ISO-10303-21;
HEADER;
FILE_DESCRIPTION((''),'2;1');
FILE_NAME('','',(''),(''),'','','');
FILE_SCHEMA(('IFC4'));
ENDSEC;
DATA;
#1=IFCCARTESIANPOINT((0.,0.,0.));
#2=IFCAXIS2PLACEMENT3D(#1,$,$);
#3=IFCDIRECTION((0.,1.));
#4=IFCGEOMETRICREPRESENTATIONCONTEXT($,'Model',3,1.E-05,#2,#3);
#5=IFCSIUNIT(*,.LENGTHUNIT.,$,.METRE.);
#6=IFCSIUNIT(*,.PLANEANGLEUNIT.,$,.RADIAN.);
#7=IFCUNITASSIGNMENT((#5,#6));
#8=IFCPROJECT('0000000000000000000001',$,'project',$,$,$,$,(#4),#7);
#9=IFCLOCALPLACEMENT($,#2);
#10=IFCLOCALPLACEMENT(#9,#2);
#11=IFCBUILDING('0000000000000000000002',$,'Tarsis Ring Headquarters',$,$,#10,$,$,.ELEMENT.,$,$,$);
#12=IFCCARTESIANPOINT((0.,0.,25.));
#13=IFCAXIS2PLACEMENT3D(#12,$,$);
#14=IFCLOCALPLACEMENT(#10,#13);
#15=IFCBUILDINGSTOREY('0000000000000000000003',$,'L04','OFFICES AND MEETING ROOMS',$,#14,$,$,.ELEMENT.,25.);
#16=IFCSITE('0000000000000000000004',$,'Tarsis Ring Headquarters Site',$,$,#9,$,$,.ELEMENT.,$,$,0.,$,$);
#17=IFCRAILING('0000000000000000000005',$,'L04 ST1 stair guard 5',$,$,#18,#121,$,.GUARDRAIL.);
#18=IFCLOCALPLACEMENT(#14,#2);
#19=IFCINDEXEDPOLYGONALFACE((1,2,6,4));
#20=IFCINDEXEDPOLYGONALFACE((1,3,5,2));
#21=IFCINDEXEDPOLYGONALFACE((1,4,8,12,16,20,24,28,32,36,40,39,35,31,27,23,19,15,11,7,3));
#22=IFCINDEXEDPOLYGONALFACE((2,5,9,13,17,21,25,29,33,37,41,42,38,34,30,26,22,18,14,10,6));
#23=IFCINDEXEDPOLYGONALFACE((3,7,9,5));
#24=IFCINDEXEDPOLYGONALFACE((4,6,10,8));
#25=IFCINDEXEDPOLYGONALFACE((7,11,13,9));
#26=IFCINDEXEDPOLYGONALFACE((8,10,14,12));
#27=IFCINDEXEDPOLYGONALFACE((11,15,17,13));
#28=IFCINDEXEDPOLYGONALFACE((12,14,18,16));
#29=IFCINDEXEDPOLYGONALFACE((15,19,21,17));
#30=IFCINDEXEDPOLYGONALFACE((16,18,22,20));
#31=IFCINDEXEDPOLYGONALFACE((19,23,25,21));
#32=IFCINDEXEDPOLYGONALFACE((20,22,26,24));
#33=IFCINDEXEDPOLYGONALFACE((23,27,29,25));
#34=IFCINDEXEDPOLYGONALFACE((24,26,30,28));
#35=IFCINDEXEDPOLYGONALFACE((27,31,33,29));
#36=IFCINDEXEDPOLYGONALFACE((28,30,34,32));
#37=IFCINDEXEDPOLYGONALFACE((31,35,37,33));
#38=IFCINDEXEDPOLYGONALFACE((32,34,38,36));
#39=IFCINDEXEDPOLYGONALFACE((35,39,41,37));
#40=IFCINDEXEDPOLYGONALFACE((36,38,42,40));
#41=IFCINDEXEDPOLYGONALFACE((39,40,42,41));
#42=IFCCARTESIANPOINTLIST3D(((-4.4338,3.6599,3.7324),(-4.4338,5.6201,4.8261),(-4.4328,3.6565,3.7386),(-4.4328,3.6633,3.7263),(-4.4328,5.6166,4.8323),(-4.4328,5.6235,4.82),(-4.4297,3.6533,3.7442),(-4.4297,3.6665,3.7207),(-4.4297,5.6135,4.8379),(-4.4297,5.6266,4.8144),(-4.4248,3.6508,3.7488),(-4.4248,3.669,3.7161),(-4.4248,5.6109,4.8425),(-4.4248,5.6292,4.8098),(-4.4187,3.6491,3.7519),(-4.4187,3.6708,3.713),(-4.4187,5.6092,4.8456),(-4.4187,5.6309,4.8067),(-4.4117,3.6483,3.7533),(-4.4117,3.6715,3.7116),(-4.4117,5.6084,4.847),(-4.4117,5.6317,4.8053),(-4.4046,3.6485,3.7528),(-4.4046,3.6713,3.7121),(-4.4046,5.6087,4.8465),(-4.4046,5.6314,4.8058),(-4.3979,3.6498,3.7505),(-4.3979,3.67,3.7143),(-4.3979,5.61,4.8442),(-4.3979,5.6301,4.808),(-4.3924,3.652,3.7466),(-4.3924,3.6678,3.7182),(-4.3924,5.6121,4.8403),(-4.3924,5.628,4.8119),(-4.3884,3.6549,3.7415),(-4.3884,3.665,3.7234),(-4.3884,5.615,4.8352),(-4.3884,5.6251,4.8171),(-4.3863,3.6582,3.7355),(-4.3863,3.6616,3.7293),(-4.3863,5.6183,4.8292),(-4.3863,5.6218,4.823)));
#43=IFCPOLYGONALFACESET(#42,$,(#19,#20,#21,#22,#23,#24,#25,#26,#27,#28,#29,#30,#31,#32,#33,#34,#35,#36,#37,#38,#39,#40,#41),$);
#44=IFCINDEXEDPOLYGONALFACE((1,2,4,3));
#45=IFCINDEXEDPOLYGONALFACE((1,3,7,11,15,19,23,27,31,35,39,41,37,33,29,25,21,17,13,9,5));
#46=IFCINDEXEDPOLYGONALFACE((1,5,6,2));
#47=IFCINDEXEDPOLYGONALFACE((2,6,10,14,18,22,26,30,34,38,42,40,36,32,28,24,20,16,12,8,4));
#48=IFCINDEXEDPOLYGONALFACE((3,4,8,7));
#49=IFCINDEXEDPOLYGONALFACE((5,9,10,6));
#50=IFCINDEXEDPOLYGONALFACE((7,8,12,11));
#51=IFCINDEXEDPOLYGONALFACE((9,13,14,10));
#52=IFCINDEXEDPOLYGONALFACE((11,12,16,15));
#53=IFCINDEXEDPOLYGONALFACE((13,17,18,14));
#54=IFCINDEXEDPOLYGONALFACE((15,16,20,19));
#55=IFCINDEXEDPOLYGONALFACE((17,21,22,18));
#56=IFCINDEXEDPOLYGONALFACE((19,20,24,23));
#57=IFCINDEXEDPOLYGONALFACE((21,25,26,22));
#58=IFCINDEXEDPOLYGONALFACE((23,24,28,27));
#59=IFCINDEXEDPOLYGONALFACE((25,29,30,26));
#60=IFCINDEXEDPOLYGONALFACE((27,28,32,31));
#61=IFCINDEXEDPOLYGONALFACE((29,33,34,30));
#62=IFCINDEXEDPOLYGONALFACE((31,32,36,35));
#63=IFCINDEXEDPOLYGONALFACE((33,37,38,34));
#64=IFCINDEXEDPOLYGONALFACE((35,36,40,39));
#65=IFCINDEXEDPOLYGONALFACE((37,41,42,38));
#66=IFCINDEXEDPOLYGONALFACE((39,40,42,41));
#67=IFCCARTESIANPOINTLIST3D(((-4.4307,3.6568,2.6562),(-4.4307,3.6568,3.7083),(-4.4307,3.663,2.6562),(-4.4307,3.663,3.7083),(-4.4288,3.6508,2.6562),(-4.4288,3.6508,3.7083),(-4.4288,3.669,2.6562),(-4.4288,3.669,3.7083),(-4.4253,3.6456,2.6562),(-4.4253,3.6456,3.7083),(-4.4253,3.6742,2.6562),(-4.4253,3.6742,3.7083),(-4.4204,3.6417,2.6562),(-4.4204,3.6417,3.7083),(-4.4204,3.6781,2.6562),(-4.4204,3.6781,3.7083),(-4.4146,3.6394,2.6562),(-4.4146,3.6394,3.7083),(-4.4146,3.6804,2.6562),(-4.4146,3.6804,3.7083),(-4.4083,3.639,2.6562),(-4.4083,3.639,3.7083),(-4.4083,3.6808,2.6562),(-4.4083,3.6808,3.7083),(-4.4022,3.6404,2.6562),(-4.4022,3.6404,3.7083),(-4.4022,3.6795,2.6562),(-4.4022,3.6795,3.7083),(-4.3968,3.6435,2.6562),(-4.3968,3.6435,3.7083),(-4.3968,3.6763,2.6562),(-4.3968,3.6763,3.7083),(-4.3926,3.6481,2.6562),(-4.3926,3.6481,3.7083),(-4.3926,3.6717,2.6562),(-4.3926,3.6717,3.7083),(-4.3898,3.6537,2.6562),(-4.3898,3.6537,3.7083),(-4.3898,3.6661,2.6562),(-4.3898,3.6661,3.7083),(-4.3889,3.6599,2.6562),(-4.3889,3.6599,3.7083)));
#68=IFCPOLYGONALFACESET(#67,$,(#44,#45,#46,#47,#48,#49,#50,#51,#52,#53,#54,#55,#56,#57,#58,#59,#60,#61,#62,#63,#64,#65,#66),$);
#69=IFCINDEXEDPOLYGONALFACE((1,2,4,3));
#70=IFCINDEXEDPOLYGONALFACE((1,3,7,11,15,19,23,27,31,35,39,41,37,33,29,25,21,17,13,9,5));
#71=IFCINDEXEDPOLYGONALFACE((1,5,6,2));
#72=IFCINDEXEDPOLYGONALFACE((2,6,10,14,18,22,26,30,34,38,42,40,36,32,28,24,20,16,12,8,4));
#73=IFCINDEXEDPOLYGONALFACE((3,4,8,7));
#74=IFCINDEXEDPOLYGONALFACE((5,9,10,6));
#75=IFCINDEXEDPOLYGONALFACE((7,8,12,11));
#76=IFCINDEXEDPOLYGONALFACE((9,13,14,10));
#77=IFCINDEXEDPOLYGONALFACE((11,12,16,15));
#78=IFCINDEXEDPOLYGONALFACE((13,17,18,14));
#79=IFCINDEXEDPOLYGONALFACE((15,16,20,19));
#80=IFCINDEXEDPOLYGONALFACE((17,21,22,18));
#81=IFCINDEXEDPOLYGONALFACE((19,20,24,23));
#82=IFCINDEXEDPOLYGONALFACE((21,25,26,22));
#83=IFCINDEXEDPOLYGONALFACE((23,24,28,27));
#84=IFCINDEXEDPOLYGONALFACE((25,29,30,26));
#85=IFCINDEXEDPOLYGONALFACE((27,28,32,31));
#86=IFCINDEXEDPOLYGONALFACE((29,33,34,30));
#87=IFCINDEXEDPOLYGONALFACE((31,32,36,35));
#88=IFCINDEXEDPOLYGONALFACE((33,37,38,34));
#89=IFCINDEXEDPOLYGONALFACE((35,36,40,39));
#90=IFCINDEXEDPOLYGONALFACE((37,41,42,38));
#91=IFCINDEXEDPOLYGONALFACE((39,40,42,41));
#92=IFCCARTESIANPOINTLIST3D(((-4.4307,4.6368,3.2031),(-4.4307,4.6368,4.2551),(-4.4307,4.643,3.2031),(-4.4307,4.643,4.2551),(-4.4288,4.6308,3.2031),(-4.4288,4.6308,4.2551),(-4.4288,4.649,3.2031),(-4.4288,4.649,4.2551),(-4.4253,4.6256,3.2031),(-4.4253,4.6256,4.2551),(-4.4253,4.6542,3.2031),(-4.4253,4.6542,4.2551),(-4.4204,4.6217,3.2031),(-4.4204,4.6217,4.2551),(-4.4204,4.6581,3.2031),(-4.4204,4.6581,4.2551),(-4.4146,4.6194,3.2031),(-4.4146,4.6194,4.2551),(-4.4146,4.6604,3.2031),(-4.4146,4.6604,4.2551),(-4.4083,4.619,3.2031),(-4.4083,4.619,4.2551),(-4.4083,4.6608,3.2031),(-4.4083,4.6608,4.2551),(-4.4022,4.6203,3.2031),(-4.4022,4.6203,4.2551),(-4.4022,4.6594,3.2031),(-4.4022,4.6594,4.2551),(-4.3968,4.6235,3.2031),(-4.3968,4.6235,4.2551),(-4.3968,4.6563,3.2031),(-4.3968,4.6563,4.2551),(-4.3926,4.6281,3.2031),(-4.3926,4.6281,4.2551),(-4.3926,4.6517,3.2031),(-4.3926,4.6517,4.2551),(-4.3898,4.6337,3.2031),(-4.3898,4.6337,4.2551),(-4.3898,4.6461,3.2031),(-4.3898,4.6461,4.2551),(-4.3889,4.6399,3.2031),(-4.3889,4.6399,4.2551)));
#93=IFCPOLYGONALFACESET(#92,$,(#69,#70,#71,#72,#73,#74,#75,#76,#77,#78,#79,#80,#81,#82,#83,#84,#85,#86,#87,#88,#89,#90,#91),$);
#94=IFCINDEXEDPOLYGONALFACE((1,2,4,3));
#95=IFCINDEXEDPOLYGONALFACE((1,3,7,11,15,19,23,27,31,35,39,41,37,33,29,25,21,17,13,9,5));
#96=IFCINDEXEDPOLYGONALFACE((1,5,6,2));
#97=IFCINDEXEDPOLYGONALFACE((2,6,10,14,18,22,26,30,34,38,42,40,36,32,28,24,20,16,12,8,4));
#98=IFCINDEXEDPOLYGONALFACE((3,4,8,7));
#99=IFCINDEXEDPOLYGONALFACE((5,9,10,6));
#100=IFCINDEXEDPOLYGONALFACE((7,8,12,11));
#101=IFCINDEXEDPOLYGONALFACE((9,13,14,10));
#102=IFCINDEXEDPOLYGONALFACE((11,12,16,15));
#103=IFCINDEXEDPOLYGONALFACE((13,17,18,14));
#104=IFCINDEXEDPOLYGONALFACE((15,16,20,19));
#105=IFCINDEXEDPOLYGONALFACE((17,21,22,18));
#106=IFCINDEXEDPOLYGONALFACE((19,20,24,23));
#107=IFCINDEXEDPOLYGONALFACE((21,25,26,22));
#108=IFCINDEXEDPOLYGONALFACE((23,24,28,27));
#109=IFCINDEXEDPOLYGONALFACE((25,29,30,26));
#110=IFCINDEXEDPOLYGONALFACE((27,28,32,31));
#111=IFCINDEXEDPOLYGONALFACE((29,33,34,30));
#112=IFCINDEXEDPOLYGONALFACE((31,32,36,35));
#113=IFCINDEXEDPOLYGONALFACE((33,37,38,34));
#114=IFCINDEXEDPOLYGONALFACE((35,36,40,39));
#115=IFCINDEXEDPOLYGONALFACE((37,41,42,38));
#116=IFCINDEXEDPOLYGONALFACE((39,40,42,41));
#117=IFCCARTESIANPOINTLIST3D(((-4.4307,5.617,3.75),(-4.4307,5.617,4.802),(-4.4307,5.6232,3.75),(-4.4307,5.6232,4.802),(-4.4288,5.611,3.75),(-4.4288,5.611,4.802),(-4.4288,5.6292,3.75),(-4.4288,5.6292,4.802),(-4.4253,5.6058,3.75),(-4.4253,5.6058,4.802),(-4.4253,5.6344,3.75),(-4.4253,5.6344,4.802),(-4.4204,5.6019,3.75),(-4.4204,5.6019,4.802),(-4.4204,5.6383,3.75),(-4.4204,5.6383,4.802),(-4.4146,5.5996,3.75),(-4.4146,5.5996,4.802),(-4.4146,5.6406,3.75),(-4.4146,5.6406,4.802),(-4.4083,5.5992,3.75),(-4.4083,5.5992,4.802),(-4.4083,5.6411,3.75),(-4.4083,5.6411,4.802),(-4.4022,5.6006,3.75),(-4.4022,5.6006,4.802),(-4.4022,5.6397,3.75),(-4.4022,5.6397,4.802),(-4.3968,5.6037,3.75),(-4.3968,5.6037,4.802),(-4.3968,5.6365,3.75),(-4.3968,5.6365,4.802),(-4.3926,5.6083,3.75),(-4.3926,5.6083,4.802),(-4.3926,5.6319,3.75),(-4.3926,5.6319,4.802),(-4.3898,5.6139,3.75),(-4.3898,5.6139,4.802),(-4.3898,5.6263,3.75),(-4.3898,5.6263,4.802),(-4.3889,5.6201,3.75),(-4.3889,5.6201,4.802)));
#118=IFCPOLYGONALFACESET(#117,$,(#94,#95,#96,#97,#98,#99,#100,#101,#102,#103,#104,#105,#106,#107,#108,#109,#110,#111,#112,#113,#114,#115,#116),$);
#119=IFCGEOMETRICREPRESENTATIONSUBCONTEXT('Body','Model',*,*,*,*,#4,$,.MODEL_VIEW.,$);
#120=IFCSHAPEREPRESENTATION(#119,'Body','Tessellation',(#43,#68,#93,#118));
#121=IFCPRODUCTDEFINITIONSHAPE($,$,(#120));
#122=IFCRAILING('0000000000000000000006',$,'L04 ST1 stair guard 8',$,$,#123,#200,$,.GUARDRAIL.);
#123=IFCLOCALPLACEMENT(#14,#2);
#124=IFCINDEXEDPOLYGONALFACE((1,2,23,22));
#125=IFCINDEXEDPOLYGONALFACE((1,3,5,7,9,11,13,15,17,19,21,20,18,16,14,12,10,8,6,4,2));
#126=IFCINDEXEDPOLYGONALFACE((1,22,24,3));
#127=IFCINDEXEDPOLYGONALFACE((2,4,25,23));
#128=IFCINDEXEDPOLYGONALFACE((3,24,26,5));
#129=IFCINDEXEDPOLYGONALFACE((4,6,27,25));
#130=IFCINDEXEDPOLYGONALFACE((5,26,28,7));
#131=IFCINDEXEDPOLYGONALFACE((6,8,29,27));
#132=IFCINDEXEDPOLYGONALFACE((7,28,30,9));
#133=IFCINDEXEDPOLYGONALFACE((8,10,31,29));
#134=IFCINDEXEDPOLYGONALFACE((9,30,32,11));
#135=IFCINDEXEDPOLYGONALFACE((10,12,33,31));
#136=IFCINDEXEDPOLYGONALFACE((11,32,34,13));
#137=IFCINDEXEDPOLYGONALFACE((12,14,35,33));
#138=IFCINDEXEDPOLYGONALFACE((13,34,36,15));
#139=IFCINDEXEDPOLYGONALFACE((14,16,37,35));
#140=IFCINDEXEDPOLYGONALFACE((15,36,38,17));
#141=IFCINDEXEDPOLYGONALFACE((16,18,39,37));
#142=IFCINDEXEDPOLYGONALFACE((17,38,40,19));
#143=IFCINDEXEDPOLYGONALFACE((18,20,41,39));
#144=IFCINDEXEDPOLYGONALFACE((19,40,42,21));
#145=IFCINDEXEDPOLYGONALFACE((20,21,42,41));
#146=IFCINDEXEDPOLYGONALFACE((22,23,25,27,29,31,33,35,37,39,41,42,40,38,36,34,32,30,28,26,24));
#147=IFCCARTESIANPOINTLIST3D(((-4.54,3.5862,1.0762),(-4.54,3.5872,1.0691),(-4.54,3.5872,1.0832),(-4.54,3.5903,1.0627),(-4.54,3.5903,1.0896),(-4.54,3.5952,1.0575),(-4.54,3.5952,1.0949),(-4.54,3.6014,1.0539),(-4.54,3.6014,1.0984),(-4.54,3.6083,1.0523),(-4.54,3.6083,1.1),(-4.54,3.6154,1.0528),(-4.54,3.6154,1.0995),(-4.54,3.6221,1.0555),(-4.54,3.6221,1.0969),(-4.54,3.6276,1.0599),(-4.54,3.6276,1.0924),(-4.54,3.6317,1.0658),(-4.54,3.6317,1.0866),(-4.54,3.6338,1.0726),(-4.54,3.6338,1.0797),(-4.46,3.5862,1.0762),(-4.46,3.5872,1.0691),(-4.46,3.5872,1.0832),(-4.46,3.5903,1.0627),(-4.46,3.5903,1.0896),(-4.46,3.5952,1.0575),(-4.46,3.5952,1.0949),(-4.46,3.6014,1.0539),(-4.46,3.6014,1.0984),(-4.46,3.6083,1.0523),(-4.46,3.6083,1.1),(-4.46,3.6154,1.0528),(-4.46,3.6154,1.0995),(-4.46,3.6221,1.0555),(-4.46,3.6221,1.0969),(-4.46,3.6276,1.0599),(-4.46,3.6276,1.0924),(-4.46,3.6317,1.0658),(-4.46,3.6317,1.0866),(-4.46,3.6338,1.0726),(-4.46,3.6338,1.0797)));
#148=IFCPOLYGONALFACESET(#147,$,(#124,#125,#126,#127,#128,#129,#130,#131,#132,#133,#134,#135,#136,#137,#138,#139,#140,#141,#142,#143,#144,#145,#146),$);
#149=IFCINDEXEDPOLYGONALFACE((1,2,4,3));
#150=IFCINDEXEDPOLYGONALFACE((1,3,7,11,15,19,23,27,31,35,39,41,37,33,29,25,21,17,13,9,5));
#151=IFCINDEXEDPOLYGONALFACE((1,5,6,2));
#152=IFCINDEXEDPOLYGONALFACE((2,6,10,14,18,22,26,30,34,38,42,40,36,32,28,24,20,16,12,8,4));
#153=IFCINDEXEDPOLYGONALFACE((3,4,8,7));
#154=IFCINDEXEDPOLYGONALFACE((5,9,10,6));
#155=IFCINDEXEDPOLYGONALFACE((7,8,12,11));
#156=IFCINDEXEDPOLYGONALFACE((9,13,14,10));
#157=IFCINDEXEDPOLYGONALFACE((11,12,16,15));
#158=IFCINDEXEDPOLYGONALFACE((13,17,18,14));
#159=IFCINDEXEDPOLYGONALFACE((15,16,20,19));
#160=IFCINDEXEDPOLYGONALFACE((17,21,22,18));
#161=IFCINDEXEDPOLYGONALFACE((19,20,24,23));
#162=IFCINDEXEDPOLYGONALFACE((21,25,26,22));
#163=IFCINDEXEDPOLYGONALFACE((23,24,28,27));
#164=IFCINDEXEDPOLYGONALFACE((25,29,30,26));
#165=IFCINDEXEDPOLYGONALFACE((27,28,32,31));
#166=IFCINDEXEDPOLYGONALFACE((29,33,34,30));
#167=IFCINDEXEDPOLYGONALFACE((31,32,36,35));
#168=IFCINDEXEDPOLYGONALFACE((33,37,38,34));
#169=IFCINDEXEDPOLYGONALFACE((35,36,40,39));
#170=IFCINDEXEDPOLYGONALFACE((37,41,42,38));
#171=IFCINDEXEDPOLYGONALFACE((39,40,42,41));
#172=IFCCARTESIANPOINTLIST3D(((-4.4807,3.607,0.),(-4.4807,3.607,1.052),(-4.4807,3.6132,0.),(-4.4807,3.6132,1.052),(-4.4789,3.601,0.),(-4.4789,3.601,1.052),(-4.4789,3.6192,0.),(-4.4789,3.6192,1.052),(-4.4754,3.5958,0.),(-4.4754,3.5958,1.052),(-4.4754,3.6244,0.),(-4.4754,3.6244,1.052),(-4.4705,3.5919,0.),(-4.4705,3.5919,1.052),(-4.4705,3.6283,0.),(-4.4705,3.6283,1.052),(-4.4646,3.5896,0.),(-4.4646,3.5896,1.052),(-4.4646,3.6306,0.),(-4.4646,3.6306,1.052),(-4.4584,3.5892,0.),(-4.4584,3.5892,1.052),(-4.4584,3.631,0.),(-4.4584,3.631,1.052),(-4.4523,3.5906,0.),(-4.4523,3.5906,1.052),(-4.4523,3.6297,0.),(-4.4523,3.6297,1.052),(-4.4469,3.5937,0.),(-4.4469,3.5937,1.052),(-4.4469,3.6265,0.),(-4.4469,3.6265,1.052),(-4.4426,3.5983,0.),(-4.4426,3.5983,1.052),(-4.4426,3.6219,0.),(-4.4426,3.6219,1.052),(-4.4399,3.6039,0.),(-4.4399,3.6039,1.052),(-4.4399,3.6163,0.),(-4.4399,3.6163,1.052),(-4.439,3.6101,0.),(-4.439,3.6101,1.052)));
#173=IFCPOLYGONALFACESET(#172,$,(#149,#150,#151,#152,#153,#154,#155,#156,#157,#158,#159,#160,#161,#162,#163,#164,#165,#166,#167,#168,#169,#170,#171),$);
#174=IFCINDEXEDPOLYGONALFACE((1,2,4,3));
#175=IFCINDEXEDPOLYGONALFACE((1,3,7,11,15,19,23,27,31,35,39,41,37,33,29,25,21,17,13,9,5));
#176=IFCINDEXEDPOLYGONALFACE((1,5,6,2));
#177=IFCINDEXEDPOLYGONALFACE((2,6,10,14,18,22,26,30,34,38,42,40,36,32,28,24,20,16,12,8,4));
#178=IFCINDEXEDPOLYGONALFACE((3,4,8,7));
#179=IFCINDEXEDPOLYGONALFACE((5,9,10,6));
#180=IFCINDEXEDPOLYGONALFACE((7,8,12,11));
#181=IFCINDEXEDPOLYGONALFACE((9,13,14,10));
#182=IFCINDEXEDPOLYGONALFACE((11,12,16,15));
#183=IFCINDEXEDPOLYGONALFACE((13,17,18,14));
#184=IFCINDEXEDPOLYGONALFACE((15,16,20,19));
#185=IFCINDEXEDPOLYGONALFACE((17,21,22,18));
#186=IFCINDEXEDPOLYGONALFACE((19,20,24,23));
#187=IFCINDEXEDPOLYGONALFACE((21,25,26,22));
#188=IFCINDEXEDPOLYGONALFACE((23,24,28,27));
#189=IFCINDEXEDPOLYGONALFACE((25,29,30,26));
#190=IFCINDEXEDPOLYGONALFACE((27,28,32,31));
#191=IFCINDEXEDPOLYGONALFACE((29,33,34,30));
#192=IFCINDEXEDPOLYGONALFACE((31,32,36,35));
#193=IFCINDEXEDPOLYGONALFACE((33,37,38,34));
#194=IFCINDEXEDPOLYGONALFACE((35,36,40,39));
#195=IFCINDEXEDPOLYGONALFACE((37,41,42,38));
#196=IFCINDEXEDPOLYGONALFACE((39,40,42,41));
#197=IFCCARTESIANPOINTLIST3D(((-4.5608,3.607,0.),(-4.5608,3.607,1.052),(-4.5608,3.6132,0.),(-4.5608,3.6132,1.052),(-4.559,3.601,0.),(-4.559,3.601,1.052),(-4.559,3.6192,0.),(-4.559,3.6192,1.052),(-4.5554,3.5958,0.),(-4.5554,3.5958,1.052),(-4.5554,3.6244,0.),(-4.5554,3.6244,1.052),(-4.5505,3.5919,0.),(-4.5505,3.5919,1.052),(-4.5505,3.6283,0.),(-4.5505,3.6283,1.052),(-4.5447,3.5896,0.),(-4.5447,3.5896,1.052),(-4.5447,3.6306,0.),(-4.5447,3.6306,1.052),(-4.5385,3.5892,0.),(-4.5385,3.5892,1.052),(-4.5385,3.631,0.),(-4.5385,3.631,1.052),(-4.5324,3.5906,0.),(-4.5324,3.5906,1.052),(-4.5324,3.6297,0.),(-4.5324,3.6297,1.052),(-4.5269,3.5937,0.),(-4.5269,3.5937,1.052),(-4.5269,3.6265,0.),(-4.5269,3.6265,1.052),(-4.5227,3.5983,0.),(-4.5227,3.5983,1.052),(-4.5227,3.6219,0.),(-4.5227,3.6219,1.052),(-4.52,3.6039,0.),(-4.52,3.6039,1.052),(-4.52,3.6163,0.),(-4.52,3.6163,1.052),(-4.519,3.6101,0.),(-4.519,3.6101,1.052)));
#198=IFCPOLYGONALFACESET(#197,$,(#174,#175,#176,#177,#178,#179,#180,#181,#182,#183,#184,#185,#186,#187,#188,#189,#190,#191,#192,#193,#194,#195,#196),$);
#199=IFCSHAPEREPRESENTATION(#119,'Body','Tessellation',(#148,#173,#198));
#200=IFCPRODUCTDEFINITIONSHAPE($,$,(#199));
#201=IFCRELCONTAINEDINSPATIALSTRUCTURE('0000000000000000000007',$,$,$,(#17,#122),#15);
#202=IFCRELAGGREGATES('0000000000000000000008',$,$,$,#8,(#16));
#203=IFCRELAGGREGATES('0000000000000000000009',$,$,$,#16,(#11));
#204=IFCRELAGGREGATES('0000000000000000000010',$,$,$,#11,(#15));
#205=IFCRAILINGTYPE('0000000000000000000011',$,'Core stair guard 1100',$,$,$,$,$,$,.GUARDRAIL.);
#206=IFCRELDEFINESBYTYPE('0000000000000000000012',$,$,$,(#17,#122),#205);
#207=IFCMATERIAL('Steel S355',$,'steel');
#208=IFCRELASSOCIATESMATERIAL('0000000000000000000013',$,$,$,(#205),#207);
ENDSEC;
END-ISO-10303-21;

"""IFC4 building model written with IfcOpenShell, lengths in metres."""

from ifc_helpers import new_model, si_unit, direction, frame, origin, origin_2d, place, context, subcontext, project, spatial, circle, extrude, material, type_object, element, save


model = new_model("IFC4")

# Units and contexts
model_context = context("Model", 3, precision=1e-05, world=origin(), true_north=direction((0.0, 1.0)))
body_context = subcontext(model_context, "Body", "Model", "MODEL_VIEW")
ifc_project = project(units=[si_unit("LENGTHUNIT", "METRE"), si_unit("PLANEANGLEUNIT", "RADIAN")], contexts=[model_context])

# Site, building, storey
site_placement = place(None, origin())
site = spatial("IfcSite", under=ifc_project, at=site_placement, Name="Tarsis Ring Headquarters Site", CompositionType="ELEMENT", RefElevation=0.0)
building_placement = place(site_placement, origin())
building = spatial("IfcBuilding", under=site, at=building_placement, Name="Tarsis Ring Headquarters", CompositionType="ELEMENT")
storey_placement = place(building_placement, frame((0.0, 0.0, 25.0)))
storey = spatial("IfcBuildingStorey", under=building, at=storey_placement, Name="L04", Description="OFFICES AND MEETING ROOMS", CompositionType="ELEMENT", Elevation=25.0)

# Shared definitions
ifc_material_1 = material(Name="Steel S355", Category="steel")

# Railings
railing_type_1 = type_object("IfcRailingType", Name="Core stair guard 1100", PredefinedType="GUARDRAIL", material=ifc_material_1)
railing_1_placement = place(storey_placement, frame((-4.4099, 3.6599, 2.6562)))
element("IfcRailing", 1, at=railing_1_placement, inside=storey, type_object=railing_type_1, Name="L04 ST1 stair guard 5", PredefinedType="GUARDRAIL", context=body_context, shape_type="SweptSolid", body=[
    extrude(circle(Radius=0.0239, at=origin_2d()), frame((0.0, 0.0, 1.0762), z_axis=(0.0, 0.873258, 0.487258), x_axis=(-1.0, 0.0, 0.0)), (0.0, 0.0, 1.0), 2.2446),
    extrude(circle(Radius=0.021, at=origin_2d()), origin(), (0.0, 0.0, 1.0), 1.052),
    extrude(circle(Radius=0.021, at=origin_2d()), frame((0.0, 0.98, 0.5469)), (0.0, 0.0, 1.0), 1.052),
    extrude(circle(Radius=0.021, at=origin_2d()), frame((0.0, 1.9602, 1.0938)), (0.0, 0.0, 1.0), 1.052),
])
railing_2_placement = place(storey_placement, frame((-4.46, 3.6101, 0.0)))
element("IfcRailing", 2, at=railing_2_placement, inside=storey, type_object=railing_type_1, Name="L04 ST1 stair guard 8", PredefinedType="GUARDRAIL", context=body_context, shape_type="SweptSolid", body=[
    extrude(circle(Radius=0.0239, at=origin_2d()), frame((0.0, 0.0, 1.0762), z_axis=(-1.0, 0.0, 0.0), x_axis=(0.0, -1.0, 0.0)), (0.0, 0.0, 1.0), 0.0801),
    extrude(circle(Radius=0.021, at=origin_2d()), origin(), (0.0, 0.0, 1.0), 1.052),
    extrude(circle(Radius=0.021, at=origin_2d()), frame((-0.0801, 0.0, 0.0)), (0.0, 0.0, 1.0), 1.052),
])

save(model, "model.ifc")
